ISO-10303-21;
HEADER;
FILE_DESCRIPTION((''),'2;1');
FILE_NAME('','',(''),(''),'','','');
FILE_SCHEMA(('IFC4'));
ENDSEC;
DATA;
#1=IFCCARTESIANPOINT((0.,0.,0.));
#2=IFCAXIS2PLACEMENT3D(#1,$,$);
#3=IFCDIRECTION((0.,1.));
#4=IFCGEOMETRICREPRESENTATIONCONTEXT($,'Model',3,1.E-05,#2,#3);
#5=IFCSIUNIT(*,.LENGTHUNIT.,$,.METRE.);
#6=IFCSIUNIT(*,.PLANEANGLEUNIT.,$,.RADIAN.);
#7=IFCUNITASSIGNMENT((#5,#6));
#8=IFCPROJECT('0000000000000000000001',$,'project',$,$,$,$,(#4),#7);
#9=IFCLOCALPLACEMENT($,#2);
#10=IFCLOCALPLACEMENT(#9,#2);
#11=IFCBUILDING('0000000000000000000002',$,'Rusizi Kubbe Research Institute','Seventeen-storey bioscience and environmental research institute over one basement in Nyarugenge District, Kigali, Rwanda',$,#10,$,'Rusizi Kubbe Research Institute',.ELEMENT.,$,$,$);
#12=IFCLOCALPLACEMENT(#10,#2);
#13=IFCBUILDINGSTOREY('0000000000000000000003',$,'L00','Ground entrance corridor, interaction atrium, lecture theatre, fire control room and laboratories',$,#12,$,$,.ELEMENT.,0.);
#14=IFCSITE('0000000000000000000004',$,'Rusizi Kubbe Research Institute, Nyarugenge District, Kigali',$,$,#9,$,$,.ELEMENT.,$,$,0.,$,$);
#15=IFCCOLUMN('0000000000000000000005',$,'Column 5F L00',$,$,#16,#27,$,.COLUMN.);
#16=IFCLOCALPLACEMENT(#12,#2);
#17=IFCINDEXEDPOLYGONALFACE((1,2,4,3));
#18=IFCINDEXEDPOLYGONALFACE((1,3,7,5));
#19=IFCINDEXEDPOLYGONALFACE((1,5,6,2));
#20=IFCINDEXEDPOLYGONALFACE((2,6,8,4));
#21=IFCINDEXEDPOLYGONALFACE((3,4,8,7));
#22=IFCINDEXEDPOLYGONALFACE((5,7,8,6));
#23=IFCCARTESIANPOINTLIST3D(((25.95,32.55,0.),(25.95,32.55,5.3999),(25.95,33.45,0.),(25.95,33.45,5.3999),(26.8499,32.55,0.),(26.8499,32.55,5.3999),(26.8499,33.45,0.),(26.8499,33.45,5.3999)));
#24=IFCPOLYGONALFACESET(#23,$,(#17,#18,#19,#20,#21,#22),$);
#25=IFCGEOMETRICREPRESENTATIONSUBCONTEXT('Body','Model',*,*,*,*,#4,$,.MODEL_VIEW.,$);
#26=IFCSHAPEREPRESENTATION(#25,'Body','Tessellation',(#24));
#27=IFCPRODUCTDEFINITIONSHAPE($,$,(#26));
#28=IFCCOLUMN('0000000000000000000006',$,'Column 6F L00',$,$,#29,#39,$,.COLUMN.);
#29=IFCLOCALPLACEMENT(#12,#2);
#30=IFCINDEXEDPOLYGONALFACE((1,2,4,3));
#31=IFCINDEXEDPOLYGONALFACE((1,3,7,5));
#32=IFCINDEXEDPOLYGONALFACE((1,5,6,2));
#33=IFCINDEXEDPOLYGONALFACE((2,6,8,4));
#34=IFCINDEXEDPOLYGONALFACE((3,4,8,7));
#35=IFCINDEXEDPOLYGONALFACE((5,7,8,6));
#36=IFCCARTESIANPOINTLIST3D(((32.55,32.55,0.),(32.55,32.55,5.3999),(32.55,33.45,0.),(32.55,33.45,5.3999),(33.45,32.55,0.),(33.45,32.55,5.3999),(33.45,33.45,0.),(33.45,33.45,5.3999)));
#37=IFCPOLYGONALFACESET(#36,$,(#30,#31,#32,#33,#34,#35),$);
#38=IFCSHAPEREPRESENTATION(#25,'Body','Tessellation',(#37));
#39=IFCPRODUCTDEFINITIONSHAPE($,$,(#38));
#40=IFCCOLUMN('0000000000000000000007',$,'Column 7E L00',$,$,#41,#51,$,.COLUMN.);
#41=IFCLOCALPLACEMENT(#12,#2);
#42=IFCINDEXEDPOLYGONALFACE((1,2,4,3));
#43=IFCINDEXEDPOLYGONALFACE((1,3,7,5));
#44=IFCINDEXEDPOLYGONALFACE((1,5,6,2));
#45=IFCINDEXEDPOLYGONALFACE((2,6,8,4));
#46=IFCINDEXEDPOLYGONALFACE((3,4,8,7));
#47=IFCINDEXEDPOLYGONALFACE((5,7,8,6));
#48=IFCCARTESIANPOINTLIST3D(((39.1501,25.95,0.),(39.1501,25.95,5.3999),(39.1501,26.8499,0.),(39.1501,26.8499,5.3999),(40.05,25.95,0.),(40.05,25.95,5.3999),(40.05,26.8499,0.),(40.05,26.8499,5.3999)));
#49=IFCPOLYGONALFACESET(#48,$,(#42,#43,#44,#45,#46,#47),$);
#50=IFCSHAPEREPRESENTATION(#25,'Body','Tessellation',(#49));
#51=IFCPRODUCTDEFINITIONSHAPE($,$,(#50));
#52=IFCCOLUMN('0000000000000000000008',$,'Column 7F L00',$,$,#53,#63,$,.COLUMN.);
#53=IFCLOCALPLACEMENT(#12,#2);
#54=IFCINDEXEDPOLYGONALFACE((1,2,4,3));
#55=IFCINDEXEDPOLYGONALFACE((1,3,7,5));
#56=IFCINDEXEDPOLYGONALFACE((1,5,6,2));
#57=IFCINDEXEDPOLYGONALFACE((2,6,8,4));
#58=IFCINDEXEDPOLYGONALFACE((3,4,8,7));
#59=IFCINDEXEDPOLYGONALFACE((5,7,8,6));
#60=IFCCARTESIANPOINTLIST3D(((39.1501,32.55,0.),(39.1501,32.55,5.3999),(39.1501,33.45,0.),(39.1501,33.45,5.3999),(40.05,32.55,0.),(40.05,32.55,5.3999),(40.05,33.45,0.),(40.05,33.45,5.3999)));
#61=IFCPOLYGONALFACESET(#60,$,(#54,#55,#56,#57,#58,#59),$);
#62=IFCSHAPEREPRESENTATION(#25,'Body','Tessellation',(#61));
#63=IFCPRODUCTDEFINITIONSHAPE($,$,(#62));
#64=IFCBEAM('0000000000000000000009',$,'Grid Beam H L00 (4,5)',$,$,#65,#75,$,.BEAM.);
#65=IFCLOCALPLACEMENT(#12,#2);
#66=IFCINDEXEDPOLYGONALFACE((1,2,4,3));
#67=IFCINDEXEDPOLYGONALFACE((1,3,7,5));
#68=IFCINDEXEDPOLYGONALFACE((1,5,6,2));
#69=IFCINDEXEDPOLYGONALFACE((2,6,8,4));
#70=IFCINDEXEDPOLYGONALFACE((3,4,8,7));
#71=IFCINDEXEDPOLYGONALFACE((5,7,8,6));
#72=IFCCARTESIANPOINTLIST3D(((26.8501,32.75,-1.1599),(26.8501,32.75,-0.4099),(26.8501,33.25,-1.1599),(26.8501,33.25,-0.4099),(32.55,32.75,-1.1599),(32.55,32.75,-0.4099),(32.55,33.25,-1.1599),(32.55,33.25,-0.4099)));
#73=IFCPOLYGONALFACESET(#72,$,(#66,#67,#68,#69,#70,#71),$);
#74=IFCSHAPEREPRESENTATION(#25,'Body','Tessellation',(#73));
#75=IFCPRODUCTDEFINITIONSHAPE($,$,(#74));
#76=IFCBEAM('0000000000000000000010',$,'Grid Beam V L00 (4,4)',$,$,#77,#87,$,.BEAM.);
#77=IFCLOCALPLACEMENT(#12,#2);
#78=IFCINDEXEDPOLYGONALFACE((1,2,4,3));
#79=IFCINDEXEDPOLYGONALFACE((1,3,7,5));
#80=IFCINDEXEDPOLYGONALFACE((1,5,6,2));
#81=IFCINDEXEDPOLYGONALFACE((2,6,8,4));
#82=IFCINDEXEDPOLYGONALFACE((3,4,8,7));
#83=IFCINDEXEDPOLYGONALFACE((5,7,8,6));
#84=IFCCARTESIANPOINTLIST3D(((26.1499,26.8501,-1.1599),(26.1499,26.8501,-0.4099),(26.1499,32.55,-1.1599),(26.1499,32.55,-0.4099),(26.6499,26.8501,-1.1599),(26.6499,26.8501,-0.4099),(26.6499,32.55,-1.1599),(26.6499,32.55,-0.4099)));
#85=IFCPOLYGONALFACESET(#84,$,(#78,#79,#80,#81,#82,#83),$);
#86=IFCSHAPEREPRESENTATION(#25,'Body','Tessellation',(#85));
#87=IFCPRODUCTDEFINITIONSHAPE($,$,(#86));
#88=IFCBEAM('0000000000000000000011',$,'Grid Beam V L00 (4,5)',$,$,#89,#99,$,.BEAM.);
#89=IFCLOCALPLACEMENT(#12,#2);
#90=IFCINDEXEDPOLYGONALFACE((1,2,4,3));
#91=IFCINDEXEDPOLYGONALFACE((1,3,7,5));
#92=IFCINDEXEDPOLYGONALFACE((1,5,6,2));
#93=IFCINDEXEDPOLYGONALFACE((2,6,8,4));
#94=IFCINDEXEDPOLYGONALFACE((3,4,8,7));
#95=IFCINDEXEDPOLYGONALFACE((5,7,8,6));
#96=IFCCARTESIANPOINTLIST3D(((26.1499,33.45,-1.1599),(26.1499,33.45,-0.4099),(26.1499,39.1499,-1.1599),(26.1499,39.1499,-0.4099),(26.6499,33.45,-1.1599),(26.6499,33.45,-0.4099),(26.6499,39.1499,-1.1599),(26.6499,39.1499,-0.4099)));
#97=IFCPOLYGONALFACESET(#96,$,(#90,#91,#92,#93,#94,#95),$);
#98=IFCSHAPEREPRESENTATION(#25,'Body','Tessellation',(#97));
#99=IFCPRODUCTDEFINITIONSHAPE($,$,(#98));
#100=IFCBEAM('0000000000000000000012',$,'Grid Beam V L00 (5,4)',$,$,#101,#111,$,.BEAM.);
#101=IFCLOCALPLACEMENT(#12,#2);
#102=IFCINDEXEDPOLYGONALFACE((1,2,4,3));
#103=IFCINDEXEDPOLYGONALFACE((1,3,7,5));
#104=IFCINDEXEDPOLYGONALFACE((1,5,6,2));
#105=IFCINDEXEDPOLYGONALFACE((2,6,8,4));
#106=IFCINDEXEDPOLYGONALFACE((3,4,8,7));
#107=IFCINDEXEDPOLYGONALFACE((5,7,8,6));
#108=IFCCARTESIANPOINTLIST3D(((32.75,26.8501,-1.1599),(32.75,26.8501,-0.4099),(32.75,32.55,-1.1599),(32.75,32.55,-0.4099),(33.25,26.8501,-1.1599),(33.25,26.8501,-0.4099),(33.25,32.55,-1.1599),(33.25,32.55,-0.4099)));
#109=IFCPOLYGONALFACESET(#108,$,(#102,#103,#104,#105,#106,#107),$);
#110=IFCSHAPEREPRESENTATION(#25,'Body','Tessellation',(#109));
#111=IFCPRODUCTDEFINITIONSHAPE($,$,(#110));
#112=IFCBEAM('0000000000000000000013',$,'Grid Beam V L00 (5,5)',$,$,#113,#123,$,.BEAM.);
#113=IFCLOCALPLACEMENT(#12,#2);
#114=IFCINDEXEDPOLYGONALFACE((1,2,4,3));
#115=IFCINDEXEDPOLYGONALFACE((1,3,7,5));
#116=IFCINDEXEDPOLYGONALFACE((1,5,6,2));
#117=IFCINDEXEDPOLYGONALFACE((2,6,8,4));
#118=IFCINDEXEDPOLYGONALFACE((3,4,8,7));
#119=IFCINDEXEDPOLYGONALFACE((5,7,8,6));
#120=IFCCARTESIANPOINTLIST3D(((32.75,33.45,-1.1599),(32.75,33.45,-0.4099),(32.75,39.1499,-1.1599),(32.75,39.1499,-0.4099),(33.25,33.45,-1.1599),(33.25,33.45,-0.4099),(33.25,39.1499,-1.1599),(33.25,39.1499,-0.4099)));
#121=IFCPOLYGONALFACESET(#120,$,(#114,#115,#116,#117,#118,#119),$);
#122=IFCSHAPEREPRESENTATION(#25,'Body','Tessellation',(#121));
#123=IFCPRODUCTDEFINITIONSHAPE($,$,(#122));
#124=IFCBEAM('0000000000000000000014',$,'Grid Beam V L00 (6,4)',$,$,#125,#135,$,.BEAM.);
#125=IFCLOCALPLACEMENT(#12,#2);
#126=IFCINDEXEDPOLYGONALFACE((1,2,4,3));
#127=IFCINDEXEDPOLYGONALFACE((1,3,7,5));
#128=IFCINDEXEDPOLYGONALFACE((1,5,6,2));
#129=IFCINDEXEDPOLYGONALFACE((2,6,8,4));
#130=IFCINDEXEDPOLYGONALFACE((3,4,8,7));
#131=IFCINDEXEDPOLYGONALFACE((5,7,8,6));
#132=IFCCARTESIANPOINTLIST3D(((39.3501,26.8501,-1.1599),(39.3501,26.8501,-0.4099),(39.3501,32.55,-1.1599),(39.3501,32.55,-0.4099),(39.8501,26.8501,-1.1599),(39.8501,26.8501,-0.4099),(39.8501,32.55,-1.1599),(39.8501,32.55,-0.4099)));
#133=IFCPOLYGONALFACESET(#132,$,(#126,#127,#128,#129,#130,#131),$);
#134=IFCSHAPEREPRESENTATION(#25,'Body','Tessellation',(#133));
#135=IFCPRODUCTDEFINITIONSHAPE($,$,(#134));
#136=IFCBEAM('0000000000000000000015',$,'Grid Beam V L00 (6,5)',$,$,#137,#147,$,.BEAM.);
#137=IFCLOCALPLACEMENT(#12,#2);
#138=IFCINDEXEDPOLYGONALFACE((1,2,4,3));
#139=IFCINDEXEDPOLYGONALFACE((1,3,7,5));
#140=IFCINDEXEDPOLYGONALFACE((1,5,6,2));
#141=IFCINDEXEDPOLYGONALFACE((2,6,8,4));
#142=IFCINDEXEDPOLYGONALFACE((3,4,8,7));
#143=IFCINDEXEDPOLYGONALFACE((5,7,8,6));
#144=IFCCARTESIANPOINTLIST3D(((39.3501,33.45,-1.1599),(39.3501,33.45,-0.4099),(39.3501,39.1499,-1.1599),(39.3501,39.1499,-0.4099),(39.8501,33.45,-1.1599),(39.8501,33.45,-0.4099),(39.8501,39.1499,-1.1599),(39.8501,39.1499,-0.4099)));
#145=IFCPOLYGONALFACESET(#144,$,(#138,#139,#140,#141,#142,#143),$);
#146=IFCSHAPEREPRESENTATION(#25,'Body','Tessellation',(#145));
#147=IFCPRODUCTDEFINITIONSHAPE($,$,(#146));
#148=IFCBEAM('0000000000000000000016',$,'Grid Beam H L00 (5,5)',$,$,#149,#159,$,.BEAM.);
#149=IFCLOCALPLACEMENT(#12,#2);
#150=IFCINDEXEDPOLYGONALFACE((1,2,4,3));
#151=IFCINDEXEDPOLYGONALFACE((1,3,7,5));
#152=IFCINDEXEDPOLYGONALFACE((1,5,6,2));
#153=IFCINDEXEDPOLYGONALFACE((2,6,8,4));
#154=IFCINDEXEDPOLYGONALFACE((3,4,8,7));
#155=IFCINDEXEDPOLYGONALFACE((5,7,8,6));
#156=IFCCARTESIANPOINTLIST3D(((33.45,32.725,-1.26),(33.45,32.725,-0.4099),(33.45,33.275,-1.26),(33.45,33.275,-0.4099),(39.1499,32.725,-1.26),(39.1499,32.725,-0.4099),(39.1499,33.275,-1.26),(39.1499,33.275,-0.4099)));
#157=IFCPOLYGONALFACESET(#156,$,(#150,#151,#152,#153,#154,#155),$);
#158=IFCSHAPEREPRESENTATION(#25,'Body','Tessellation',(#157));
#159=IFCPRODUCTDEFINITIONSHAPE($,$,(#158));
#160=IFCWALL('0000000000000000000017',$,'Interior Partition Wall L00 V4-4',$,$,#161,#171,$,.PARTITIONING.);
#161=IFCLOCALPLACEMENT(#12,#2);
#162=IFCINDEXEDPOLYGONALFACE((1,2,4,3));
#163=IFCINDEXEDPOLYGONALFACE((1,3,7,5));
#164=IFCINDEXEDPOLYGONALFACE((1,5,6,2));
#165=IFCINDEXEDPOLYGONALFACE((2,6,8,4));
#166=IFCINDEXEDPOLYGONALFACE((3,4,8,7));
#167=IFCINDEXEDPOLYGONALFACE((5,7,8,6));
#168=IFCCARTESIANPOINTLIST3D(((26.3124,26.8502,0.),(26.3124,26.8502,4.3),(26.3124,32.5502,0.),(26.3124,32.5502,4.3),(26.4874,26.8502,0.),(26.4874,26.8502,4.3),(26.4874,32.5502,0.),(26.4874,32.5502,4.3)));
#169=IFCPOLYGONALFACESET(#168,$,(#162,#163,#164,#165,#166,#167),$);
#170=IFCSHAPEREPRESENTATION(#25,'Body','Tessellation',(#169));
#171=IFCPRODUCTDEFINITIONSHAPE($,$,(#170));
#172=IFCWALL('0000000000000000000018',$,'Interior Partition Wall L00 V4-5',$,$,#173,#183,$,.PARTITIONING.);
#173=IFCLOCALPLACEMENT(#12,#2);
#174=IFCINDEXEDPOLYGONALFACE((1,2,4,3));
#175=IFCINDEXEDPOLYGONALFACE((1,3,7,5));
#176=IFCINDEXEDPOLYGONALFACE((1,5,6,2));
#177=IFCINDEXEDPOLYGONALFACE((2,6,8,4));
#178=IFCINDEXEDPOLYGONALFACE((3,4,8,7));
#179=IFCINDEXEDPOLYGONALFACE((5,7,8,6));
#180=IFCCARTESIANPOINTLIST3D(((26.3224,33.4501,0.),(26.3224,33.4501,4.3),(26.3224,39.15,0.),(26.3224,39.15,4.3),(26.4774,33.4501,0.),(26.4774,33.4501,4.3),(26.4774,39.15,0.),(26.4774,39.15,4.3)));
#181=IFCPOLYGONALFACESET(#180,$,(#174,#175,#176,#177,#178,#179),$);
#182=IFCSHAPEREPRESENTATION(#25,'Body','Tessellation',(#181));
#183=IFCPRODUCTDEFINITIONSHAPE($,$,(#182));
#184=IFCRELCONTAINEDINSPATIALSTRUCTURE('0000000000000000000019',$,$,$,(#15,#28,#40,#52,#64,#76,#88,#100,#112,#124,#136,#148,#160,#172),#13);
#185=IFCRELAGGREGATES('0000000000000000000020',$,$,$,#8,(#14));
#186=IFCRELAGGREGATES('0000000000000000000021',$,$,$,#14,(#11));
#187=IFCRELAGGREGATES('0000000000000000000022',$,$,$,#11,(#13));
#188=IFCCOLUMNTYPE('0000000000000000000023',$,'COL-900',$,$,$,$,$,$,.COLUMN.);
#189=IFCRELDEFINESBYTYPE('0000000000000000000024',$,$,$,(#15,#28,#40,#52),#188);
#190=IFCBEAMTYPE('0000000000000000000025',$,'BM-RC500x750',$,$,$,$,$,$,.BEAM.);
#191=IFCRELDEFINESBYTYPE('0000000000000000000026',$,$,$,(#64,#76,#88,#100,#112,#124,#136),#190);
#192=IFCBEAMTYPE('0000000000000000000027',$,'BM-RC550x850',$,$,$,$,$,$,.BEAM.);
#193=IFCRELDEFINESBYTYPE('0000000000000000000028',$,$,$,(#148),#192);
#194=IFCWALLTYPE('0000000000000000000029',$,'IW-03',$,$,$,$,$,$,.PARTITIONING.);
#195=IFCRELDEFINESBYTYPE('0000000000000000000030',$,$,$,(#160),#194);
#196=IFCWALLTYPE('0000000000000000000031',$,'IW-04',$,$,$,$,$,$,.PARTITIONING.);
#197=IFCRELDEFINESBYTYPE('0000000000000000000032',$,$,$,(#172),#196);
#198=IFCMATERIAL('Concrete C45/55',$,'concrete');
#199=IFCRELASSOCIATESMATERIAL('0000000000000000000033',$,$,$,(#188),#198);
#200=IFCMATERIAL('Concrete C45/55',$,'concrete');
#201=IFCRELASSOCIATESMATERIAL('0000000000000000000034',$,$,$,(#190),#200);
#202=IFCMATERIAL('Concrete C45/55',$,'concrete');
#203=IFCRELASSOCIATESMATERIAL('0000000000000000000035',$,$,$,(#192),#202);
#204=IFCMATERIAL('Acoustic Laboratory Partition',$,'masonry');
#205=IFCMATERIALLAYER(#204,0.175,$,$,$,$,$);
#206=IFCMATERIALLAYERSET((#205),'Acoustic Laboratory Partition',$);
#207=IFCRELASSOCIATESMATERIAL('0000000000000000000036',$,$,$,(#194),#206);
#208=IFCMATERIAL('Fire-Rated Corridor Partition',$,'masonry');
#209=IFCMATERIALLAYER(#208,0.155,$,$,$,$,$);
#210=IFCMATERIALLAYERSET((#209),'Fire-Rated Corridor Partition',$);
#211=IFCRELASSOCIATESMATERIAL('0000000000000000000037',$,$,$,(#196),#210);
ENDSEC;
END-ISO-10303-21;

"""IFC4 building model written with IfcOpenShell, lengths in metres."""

from ifc_helpers import new_model, si_unit, direction, frame, frame_2d, origin, origin_2d, place, context, subcontext, project, spatial, rectangle, extrude, material, layer, layer_set, material_profile, profile_set, type_object, element, save


model = new_model("IFC4")

# Units and contexts
model_context = context("Model", 3, precision=1e-05, world=origin(), true_north=direction((0.0, 1.0)))
body_context = subcontext(model_context, "Body", "Model", "MODEL_VIEW")
ifc_project = project(units=[si_unit("LENGTHUNIT", "METRE"), si_unit("PLANEANGLEUNIT", "RADIAN")], contexts=[model_context])

# Site, building, storey
site_placement = place(None, origin())
site = spatial("IfcSite", under=ifc_project, at=site_placement, Name="Rusizi Kubbe Research Institute, Nyarugenge District, Kigali", CompositionType="ELEMENT", RefElevation=0.0)
building_placement = place(site_placement, origin())
building = spatial("IfcBuilding", under=site, at=building_placement, Name="Rusizi Kubbe Research Institute", Description="Seventeen-storey bioscience and environmental research institute over one basement in Nyarugenge District, Kigali, Rwanda", LongName="Rusizi Kubbe Research Institute", CompositionType="ELEMENT")
storey_placement = place(building_placement, origin())
storey = spatial("IfcBuildingStorey", under=building, at=storey_placement, Name="L00", Description="Ground entrance corridor, interaction atrium, lecture theatre, fire control room and laboratories", CompositionType="ELEMENT", Elevation=0.0)

# Columns
ifc_material_1 = material(Name="Concrete C45/55", Category="concrete")
ifc_material_profile_1 = material_profile(ifc_material_1, rectangle(XDim=0.8999, YDim=0.8999, at=origin_2d()), Name="RC900x900")
ifc_profile_set_1 = profile_set([ifc_material_profile_1], Name="Concrete C45/55")
column_type = type_object("IfcColumnType", Name="COL-900", PredefinedType="COLUMN", material=ifc_profile_set_1)
for number, where, z_axis, x_axis, name in (
    (1, (26.3999, 33.0, 0.0), (0.0, 0.0, 1.0), (1.0, 0.0, 0.0), "Column 5F L00"),
    (2, (33.0, 33.0, 0.0), (0.0, 0.0, 1.0), (1.0, 0.0, 0.0), "Column 6F L00"),
    (3, (39.6001, 26.3999, 0.0), (0.0, 0.0, 1.0), (1.0, 0.0, 0.0), "Column 7E L00"),
    (4, (39.6001, 33.0, 0.0), (0.0, 0.0, 1.0), (1.0, 0.0, 0.0), "Column 7F L00"),
):
    element("IfcColumn", number, at=place(storey_placement, frame(where, z_axis=z_axis, x_axis=x_axis)), inside=storey, type_object=column_type, Name=name, PredefinedType="COLUMN", context=body_context, shape_type="SweptSolid", body=[
        extrude(rectangle(XDim=0.8999, YDim=0.8999, at=origin_2d()), origin(), (0.0, 0.0, 1.0), 5.3999),
    ])

# Beams
ifc_material_2 = material(Name="Concrete C45/55", Category="concrete")
ifc_material_profile_2 = material_profile(ifc_material_2, rectangle(XDim=0.5, YDim=0.75, at=origin_2d()), Name="RC500x750B")
ifc_profile_set_2 = profile_set([ifc_material_profile_2], Name="Concrete C45/55")
beam_type_1 = type_object("IfcBeamType", Name="BM-RC500x750", PredefinedType="BEAM", material=ifc_profile_set_2)
for number, where, z_axis, x_axis, name in (
    (5, (26.8501, 33.0, -0.7849), (1.0, 0.0, 0.0), (0.0, 1.0, 0.0), "Grid Beam H L00 (4,5)"),
    (6, (26.3999, 26.8501, -0.7849), (0.0, 1.0, 0.0), (-1.0, 0.0, 0.0), "Grid Beam V L00 (4,4)"),
    (7, (26.3999, 33.45, -0.7849), (0.0, 1.0, 0.0), (-1.0, 0.0, 0.0), "Grid Beam V L00 (4,5)"),
    (8, (33.0, 26.8501, -0.7849), (0.0, 1.0, 0.0), (-1.0, 0.0, 0.0), "Grid Beam V L00 (5,4)"),
    (9, (33.0, 33.45, -0.7849), (0.0, 1.0, 0.0), (-1.0, 0.0, 0.0), "Grid Beam V L00 (5,5)"),
    (10, (39.6001, 26.8501, -0.7849), (0.0, 1.0, 0.0), (-1.0, 0.0, 0.0), "Grid Beam V L00 (6,4)"),
    (11, (39.6001, 33.45, -0.7849), (0.0, 1.0, 0.0), (-1.0, 0.0, 0.0), "Grid Beam V L00 (6,5)"),
):
    element("IfcBeam", number, at=place(storey_placement, frame(where, z_axis=z_axis, x_axis=x_axis)), inside=storey, type_object=beam_type_1, Name=name, PredefinedType="BEAM", context=body_context, shape_type="SweptSolid", body=[
        extrude(rectangle(XDim=0.5, YDim=0.75, at=origin_2d()), origin(), (0.0, 0.0, 1.0), 5.7),
    ])
ifc_material_3 = material(Name="Concrete C45/55", Category="concrete")
ifc_material_profile_3 = material_profile(ifc_material_3, rectangle(XDim=0.55, YDim=0.8501, at=origin_2d()), Name="RC550x850")
ifc_profile_set_3 = profile_set([ifc_material_profile_3], Name="Concrete C45/55")
beam_type_2 = type_object("IfcBeamType", Name="BM-RC550x850", PredefinedType="BEAM", material=ifc_profile_set_3)
beam_placement = place(storey_placement, frame((33.45, 33.0, -0.835), z_axis=(1.0, 0.0, 0.0), x_axis=(0.0, 1.0, 0.0)))
element("IfcBeam", 12, at=beam_placement, inside=storey, type_object=beam_type_2, Name="Grid Beam H L00 (5,5)", PredefinedType="BEAM", context=body_context, shape_type="SweptSolid", body=[
    extrude(rectangle(XDim=0.55, YDim=0.8501, at=origin_2d()), origin(), (0.0, 0.0, 1.0), 5.7),
])

# Walls
ifc_material_4 = material(Name="Acoustic Laboratory Partition", Category="masonry")
ifc_layer_1 = layer(ifc_material_4, 0.175)
ifc_layer_set_1 = layer_set([ifc_layer_1], Name="Acoustic Laboratory Partition")
wall_type_1 = type_object("IfcWallType", Name="IW-03", PredefinedType="PARTITIONING", material=ifc_layer_set_1)
wall_1_placement = place(storey_placement, frame((26.3999, 26.8501, 0.0), z_axis=(0.0, 0.0, 1.0), x_axis=(0.0, 1.0, 0.0)))
element("IfcWall", 13, at=wall_1_placement, inside=storey, type_object=wall_type_1, Name="Interior Partition Wall L00 V4-4", PredefinedType="PARTITIONING", context=body_context, shape_type="SweptSolid", body=[
    extrude(rectangle(XDim=5.7, YDim=0.175, at=frame_2d((2.8501, 0.0))), origin(), (0.0, 0.0, 1.0), 4.3),
])
ifc_material_5 = material(Name="Fire-Rated Corridor Partition", Category="masonry")
ifc_layer_2 = layer(ifc_material_5, 0.155)
ifc_layer_set_2 = layer_set([ifc_layer_2], Name="Fire-Rated Corridor Partition")
wall_type_2 = type_object("IfcWallType", Name="IW-04", PredefinedType="PARTITIONING", material=ifc_layer_set_2)
wall_2_placement = place(storey_placement, frame((26.3999, 33.45, 0.0), z_axis=(0.0, 0.0, 1.0), x_axis=(0.0, 1.0, 0.0)))
element("IfcWall", 14, at=wall_2_placement, inside=storey, type_object=wall_type_2, Name="Interior Partition Wall L00 V4-5", PredefinedType="PARTITIONING", context=body_context, shape_type="SweptSolid", body=[
    extrude(rectangle(XDim=5.7, YDim=0.155, at=frame_2d((2.8501, 0.0))), origin(), (0.0, 0.0, 1.0), 4.3),
])

save(model, "model.ifc")
